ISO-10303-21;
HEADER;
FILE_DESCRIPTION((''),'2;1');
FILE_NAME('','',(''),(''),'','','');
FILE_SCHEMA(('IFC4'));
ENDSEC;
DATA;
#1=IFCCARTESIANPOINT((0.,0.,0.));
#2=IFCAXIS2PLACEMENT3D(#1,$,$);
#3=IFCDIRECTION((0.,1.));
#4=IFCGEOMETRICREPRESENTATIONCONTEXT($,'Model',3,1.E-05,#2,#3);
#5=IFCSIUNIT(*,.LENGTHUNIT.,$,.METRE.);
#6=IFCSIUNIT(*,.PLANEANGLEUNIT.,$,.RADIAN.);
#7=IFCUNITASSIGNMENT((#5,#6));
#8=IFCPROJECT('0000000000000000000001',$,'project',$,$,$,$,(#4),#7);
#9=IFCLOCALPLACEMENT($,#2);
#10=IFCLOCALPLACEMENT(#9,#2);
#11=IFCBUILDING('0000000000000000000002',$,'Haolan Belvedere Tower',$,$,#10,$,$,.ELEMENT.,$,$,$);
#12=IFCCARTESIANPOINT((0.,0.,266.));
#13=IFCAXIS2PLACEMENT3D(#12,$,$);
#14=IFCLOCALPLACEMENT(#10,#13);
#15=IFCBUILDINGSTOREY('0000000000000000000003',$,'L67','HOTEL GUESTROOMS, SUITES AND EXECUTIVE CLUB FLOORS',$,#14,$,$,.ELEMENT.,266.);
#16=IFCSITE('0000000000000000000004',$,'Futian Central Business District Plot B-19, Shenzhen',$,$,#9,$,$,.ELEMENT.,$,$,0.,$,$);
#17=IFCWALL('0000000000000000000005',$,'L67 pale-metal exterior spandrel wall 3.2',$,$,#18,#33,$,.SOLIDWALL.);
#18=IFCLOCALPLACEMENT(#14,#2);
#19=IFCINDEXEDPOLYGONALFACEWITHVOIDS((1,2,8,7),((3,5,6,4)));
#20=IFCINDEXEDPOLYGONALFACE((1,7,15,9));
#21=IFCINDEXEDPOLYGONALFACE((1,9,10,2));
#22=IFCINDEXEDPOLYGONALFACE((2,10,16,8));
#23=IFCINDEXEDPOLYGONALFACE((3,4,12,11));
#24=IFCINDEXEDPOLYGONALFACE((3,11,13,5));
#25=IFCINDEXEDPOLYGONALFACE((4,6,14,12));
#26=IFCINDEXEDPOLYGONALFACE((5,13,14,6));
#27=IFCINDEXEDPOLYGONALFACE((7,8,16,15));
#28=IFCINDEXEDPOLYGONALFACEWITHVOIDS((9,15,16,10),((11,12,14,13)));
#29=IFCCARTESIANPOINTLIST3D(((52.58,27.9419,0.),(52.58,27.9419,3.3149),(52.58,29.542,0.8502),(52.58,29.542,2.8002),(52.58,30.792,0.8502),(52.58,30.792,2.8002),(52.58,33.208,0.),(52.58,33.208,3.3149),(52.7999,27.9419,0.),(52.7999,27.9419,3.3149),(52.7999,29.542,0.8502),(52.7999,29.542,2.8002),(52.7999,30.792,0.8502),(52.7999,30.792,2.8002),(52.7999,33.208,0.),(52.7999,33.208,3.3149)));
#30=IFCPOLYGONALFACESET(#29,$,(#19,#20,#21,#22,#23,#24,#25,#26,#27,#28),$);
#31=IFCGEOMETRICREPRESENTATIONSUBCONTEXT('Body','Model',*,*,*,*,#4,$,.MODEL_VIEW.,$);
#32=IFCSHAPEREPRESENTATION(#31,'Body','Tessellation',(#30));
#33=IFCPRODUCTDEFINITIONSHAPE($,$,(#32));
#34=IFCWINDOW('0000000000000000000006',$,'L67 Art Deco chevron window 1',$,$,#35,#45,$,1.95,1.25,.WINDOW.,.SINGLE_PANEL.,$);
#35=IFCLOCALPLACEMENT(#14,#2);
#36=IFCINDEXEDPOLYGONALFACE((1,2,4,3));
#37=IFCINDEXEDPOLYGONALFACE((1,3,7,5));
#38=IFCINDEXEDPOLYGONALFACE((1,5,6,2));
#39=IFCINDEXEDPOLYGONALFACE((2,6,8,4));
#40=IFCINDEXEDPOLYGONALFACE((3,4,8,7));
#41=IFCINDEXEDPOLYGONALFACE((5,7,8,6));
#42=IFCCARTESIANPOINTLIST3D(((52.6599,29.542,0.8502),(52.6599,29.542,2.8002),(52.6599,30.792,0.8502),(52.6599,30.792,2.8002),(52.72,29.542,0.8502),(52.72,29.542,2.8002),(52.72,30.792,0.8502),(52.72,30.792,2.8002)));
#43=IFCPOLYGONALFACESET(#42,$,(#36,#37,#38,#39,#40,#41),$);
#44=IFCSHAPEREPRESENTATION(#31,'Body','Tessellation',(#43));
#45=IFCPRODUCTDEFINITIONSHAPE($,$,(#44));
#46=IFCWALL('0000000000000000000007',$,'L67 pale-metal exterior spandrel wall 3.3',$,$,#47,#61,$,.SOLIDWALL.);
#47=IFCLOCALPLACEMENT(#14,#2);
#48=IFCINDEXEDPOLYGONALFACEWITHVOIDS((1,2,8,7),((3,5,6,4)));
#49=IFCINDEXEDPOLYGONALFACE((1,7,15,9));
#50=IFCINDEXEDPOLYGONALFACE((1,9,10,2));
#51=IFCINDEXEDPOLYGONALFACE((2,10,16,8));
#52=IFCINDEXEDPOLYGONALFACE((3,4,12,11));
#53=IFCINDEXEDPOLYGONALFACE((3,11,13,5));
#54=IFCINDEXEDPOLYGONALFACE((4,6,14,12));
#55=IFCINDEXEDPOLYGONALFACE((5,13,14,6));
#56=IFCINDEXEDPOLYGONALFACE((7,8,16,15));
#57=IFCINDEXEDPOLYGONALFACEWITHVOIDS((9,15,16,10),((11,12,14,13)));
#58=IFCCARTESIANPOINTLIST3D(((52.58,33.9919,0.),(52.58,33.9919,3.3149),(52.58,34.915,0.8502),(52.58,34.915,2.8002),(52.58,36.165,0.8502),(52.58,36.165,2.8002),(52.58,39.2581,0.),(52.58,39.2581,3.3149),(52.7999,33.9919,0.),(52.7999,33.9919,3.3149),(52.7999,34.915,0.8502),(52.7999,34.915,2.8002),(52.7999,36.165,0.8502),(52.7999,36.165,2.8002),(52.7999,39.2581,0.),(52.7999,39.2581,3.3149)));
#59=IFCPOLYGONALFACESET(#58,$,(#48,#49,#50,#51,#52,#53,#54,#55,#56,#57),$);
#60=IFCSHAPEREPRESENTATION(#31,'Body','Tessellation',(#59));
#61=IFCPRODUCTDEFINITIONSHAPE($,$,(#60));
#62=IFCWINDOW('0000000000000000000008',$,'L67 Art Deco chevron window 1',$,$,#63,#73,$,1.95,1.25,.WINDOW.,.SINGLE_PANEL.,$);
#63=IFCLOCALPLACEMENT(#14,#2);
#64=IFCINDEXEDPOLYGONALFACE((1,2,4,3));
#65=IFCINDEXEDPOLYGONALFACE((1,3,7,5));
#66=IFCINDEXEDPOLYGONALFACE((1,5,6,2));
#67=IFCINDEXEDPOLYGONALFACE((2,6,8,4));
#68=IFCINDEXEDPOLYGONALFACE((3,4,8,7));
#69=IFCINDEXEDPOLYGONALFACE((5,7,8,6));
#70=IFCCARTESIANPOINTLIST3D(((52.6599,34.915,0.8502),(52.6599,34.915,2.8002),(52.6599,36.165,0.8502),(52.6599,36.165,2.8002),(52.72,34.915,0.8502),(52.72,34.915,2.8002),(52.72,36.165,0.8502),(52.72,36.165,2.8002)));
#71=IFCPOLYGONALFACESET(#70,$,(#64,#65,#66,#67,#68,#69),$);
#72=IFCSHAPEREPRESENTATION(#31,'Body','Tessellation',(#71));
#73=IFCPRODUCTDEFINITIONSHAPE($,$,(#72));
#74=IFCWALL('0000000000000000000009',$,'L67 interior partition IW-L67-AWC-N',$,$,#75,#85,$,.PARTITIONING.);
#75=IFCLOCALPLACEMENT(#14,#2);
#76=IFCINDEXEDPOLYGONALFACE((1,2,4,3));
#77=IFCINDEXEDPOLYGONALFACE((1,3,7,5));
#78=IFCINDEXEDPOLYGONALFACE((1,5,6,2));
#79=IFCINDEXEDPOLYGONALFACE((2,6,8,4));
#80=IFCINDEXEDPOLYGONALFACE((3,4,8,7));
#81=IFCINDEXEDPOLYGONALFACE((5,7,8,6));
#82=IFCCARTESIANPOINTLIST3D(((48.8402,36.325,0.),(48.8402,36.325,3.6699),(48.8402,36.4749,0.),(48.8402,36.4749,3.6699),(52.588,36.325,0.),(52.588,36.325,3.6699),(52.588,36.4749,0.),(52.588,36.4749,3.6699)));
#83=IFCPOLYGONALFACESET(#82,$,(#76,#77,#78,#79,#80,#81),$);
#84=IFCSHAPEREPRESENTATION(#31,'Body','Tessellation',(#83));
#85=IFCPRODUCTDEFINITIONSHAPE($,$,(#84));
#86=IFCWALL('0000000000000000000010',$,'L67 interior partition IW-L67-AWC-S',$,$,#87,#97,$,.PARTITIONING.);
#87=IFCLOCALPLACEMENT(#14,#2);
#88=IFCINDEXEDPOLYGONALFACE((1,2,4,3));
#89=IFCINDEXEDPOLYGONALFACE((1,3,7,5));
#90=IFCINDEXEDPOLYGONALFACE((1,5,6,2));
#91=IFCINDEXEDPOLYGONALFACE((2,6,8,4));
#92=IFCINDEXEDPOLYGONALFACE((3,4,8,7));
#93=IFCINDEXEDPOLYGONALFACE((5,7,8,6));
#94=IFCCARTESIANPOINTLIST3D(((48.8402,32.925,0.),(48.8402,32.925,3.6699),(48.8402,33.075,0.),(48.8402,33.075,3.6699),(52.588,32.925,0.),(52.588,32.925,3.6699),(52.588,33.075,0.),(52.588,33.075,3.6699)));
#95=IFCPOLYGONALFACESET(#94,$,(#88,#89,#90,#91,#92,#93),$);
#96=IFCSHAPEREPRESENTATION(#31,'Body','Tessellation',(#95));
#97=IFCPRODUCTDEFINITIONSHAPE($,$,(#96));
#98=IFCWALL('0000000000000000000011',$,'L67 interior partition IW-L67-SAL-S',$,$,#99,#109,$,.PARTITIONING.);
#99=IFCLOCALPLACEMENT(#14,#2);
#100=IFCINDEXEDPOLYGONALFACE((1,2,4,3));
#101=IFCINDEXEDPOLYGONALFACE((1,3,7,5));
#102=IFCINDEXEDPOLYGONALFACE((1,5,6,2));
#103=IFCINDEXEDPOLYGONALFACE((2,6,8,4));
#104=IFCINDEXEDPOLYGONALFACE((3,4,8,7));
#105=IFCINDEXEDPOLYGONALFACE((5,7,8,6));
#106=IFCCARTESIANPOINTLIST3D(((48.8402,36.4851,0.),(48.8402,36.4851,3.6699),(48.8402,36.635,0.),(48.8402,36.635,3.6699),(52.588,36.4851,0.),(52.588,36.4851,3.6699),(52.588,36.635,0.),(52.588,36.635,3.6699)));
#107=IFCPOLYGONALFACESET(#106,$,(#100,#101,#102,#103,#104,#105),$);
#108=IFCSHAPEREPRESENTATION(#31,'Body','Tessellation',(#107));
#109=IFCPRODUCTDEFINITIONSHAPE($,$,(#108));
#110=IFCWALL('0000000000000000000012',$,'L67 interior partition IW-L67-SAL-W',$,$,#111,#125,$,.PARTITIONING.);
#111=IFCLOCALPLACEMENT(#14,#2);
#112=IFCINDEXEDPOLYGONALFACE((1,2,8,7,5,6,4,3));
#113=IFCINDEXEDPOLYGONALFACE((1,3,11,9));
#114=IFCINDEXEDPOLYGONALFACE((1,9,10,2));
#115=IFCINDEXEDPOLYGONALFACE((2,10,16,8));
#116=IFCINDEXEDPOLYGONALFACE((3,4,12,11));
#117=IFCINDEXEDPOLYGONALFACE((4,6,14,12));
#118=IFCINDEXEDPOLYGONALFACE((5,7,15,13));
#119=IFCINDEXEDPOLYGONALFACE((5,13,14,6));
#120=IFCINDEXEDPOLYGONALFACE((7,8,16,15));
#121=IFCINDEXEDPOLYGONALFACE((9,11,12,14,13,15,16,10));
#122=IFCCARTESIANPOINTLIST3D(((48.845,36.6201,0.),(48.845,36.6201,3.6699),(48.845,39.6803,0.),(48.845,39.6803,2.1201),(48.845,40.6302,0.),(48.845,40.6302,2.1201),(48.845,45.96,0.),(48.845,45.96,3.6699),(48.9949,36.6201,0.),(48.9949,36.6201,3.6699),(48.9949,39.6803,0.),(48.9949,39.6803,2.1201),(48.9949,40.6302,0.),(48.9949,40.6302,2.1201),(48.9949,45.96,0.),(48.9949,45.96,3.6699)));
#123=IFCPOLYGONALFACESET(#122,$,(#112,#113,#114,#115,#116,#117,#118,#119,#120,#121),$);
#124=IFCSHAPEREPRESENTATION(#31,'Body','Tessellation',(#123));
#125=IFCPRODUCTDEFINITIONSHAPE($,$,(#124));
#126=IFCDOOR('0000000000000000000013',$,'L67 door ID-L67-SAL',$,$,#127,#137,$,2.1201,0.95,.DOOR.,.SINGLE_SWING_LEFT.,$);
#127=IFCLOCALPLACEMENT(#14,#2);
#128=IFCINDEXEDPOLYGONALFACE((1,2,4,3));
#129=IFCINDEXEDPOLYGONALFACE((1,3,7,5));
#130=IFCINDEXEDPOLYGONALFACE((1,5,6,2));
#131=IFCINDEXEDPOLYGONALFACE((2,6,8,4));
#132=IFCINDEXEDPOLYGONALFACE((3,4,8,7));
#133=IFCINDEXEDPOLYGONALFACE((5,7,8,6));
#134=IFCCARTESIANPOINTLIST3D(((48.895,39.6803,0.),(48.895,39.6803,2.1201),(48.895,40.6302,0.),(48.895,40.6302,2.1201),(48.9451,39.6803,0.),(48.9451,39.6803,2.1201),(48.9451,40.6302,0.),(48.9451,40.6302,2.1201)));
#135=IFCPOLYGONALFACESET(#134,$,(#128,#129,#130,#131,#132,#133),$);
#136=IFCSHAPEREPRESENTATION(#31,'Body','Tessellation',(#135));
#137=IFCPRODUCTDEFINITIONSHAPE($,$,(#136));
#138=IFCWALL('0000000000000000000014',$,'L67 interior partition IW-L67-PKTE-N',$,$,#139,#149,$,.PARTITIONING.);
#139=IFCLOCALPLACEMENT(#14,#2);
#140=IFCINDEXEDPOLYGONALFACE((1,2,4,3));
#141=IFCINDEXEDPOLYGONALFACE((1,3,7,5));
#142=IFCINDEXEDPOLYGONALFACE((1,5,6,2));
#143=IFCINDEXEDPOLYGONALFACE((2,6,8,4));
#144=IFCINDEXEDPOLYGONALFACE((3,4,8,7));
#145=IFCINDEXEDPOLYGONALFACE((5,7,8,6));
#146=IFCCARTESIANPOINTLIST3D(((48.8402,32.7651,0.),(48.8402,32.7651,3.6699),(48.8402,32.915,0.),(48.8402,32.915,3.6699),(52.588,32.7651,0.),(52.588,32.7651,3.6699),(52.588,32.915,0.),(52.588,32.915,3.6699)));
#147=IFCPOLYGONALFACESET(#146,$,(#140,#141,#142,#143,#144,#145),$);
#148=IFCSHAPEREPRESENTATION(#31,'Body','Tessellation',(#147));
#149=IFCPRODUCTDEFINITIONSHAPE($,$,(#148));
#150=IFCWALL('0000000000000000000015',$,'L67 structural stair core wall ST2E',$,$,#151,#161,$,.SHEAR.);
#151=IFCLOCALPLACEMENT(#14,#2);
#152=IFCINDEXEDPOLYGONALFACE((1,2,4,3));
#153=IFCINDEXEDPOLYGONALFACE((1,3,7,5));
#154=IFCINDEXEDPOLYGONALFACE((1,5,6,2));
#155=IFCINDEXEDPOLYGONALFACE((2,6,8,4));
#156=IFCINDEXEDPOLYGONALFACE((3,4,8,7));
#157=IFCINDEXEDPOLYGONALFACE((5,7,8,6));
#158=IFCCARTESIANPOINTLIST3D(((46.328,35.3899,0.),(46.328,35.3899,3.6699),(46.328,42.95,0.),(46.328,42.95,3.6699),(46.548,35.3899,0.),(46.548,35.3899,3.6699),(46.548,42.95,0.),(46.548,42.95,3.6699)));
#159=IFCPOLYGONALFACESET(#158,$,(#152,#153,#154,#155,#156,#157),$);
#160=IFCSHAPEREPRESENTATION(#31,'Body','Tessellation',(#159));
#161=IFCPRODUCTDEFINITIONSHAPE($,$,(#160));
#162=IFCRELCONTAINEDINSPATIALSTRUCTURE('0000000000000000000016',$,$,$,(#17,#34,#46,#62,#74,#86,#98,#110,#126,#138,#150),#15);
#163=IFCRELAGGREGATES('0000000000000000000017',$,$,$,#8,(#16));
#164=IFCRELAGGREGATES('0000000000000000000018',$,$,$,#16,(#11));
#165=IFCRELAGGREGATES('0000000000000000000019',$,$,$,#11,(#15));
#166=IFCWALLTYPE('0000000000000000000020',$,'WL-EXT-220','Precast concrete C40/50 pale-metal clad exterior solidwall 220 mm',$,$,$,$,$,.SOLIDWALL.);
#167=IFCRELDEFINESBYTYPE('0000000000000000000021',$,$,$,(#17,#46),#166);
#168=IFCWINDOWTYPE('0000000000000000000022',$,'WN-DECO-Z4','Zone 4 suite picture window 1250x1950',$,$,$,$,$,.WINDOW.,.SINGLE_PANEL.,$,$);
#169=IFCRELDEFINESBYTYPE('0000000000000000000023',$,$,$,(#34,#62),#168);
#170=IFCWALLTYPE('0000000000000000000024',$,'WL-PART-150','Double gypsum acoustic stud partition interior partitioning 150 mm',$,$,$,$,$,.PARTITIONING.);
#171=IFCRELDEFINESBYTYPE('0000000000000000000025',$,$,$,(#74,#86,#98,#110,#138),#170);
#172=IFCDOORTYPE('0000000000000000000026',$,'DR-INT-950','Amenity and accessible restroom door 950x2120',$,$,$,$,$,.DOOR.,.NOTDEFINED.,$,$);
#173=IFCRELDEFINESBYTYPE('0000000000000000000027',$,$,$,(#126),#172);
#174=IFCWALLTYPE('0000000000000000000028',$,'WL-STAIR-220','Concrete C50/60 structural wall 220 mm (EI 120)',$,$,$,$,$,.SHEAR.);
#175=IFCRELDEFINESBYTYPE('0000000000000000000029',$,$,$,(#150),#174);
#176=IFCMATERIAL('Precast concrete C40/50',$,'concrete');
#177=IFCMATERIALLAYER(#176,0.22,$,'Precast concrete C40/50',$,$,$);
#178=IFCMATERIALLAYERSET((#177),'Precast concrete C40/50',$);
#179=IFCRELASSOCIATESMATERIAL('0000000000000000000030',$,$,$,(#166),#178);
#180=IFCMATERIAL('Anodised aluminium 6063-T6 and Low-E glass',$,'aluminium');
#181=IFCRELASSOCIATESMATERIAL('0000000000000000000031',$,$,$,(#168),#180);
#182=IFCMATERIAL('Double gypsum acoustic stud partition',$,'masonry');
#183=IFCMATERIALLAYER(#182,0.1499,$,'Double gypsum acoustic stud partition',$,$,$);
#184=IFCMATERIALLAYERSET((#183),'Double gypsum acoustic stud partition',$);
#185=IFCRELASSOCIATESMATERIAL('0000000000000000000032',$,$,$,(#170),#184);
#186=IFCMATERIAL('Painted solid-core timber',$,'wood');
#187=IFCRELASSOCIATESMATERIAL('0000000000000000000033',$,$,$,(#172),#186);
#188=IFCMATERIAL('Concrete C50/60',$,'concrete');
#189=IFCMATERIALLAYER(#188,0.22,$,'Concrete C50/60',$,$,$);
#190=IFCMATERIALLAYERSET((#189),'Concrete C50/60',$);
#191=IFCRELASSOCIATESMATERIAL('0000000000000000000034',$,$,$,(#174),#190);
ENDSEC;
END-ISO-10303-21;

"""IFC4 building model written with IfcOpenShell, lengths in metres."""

from ifc_helpers import new_model, si_unit, direction, frame, frame_2d, origin, place, context, subcontext, project, spatial, rectangle, extrude, material, layer, layer_set, type_object, element, fill, save


model = new_model("IFC4")

# Units and contexts
model_context = context("Model", 3, precision=1e-05, world=origin(), true_north=direction((0.0, 1.0)))
body_context = subcontext(model_context, "Body", "Model", "MODEL_VIEW")
ifc_project = project(units=[si_unit("LENGTHUNIT", "METRE"), si_unit("PLANEANGLEUNIT", "RADIAN")], contexts=[model_context])

# Site, building, storey
site_placement = place(None, origin())
site = spatial("IfcSite", under=ifc_project, at=site_placement, Name="Futian Central Business District Plot B-19, Shenzhen", CompositionType="ELEMENT", RefElevation=0.0)
building_placement = place(site_placement, origin())
building = spatial("IfcBuilding", under=site, at=building_placement, Name="Haolan Belvedere Tower", CompositionType="ELEMENT")
storey_placement = place(building_placement, frame((0.0, 0.0, 266.0)))
storey = spatial("IfcBuildingStorey", under=building, at=storey_placement, Name="L67", Description="HOTEL GUESTROOMS, SUITES AND EXECUTIVE CLUB FLOORS", CompositionType="ELEMENT", Elevation=266.0)

# Shared definitions
ifc_material_1 = material(Name="Concrete C50/60", Category="concrete")

# Walls, openings, windows
ifc_material_2 = material(Name="Precast concrete C40/50", Category="concrete")
ifc_layer_1 = layer(ifc_material_2, 0.22, Name="Precast concrete C40/50")
ifc_layer_set_1 = layer_set([ifc_layer_1], Name="Precast concrete C40/50")
wall_type_1 = type_object("IfcWallType", Name="WL-EXT-220", Description="Precast concrete C40/50 pale-metal clad exterior solidwall 220 mm", PredefinedType="SOLIDWALL", material=ifc_layer_set_1)
wall_1_placement = place(storey_placement, frame((52.6899, 27.9419, 0.0), z_axis=(0.0, 0.0, 1.0), x_axis=(0.0, 1.0, 0.0)))
wall_1 = element("IfcWall", 1, at=wall_1_placement, inside=storey, type_object=wall_type_1, Name="L67 pale-metal exterior spandrel wall 3.2", PredefinedType="SOLIDWALL", context=body_context, shape_type="SweptSolid", body=[
    extrude(rectangle(XDim=5.2661, YDim=0.22, at=frame_2d((2.6331, 0.0))), origin(), (0.0, 0.0, 1.0), 3.3149),
])
opening_1_placement = place(wall_1_placement, frame((1.6001, 0.0, 0.8501)))
opening_1 = element("IfcOpeningElement", 2, at=opening_1_placement, cuts=wall_1, PredefinedType="OPENING", context=body_context, shape_type="SweptSolid", body=[
    extrude(rectangle(XDim=1.25, YDim=1.95, at=frame_2d((0.625, 0.9751))), frame((0.0, 0.1199, 0.0), z_axis=(0.0, -1.0, 0.0), x_axis=(1.0, 0.0, 0.0)), (0.0, 0.0, 1.0), 0.24),
])
ifc_material_3 = material(Name="Anodised aluminium 6063-T6 and Low-E glass", Category="aluminium")
window_type = type_object("IfcWindowType", Name="WN-DECO-Z4", Description="Zone 4 suite picture window 1250x1950", PartitioningType="SINGLE_PANEL", PredefinedType="WINDOW", material=ifc_material_3)
window_1_placement = place(opening_1_placement, origin())
window_1 = element("IfcWindow", 3, at=window_1_placement, inside=storey, type_object=window_type, Name="L67 Art Deco chevron window 1", OverallHeight=1.95, OverallWidth=1.25, PartitioningType="SINGLE_PANEL", PredefinedType="WINDOW", context=body_context, shape_type="SweptSolid", body=[
    extrude(rectangle(XDim=1.25, YDim=1.95, at=frame_2d((0.625, 0.9751))), frame((0.0, 0.03, 0.0), z_axis=(0.0, -1.0, 0.0), x_axis=(1.0, 0.0, 0.0)), (0.0, 0.0, 1.0), 0.0601),
])
fill(opening_1, window_1)
wall_2_placement = place(storey_placement, frame((52.6899, 33.9919, 0.0), z_axis=(0.0, 0.0, 1.0), x_axis=(0.0, 1.0, 0.0)))
wall_2 = element("IfcWall", 4, at=wall_2_placement, inside=storey, type_object=wall_type_1, Name="L67 pale-metal exterior spandrel wall 3.3", PredefinedType="SOLIDWALL", context=body_context, shape_type="SweptSolid", body=[
    extrude(rectangle(XDim=5.2661, YDim=0.22, at=frame_2d((2.6331, 0.0))), origin(), (0.0, 0.0, 1.0), 3.3149),
])
opening_2_placement = place(wall_2_placement, frame((0.9231, 0.0, 0.8501)))
opening_2 = element("IfcOpeningElement", 5, at=opening_2_placement, cuts=wall_2, PredefinedType="OPENING", context=body_context, shape_type="SweptSolid", body=[
    extrude(rectangle(XDim=1.25, YDim=1.95, at=frame_2d((0.625, 0.9751))), frame((0.0, 0.1199, 0.0), z_axis=(0.0, -1.0, 0.0), x_axis=(1.0, 0.0, 0.0)), (0.0, 0.0, 1.0), 0.24),
])
window_2_placement = place(opening_2_placement, origin())
window_2 = element("IfcWindow", 6, at=window_2_placement, inside=storey, type_object=window_type, Name="L67 Art Deco chevron window 1", OverallHeight=1.95, OverallWidth=1.25, PartitioningType="SINGLE_PANEL", PredefinedType="WINDOW", context=body_context, shape_type="SweptSolid", body=[
    extrude(rectangle(XDim=1.25, YDim=1.95, at=frame_2d((0.625, 0.9751))), frame((0.0, 0.03, 0.0), z_axis=(0.0, -1.0, 0.0), x_axis=(1.0, 0.0, 0.0)), (0.0, 0.0, 1.0), 0.0601),
])
fill(opening_2, window_2)

# Walls
ifc_material_4 = material(Name="Double gypsum acoustic stud partition", Category="masonry")
ifc_layer_2 = layer(ifc_material_4, 0.1499, Name="Double gypsum acoustic stud partition")
ifc_layer_set_2 = layer_set([ifc_layer_2], Name="Double gypsum acoustic stud partition")
wall_type_2 = type_object("IfcWallType", Name="WL-PART-150", Description="Double gypsum acoustic stud partition interior partitioning 150 mm", PredefinedType="PARTITIONING", material=ifc_layer_set_2)
for number, where, z_axis, x_axis, name in (
    (7, (48.8401, 36.3999, 0.0), (0.0, 0.0, 1.0), (1.0, 0.0, 0.0), "L67 interior partition IW-L67-AWC-N"),
    (8, (48.8401, 33.0, 0.0), (0.0, 0.0, 1.0), (1.0, 0.0, 0.0), "L67 interior partition IW-L67-AWC-S"),
):
    element("IfcWall", number, at=place(storey_placement, frame(where, z_axis=z_axis, x_axis=x_axis)), inside=storey, type_object=wall_type_2, Name=name, PredefinedType="PARTITIONING", context=body_context, shape_type="SweptSolid", body=[
        extrude(rectangle(XDim=3.7478, YDim=0.1499, at=frame_2d((1.874, 0.0))), origin(), (0.0, 0.0, 1.0), 3.6699),
    ])

# Shared definitions
ifc_material_5 = material(Name="Painted solid-core timber", Category="wood")
door_type = type_object("IfcDoorType", Name="DR-INT-950", Description="Amenity and accessible restroom door 950x2120", OperationType="NOTDEFINED", PredefinedType="DOOR", material=ifc_material_5)

# Wall
wall_3_placement = place(storey_placement, frame((48.8401, 36.5601, 0.0), z_axis=(0.0, 0.0, 1.0), x_axis=(1.0, 0.0, 0.0)))
element("IfcWall", 9, at=wall_3_placement, inside=storey, type_object=wall_type_2, Name="L67 interior partition IW-L67-SAL-S", PredefinedType="PARTITIONING", context=body_context, shape_type="SweptSolid", body=[
    extrude(rectangle(XDim=3.7478, YDim=0.1499, at=frame_2d((1.874, 0.0))), origin(), (0.0, 0.0, 1.0), 3.6699),
])

# Wall, opening, door
wall_4_placement = place(storey_placement, frame((48.9199, 36.6201, 0.0), z_axis=(0.0, 0.0, 1.0), x_axis=(0.0, 1.0, 0.0)))
wall_4 = element("IfcWall", 10, at=wall_4_placement, inside=storey, type_object=wall_type_2, Name="L67 interior partition IW-L67-SAL-W", PredefinedType="PARTITIONING", context=body_context, shape_type="SweptSolid", body=[
    extrude(rectangle(XDim=9.3398, YDim=0.1499, at=frame_2d((4.6699, 0.0))), origin(), (0.0, 0.0, 1.0), 3.6699),
])
opening_3_placement = place(wall_4_placement, frame((3.0601, 0.0, 0.0)))
opening_3 = element("IfcOpeningElement", 11, at=opening_3_placement, cuts=wall_4, PredefinedType="OPENING", context=body_context, shape_type="SweptSolid", body=[
    extrude(rectangle(XDim=0.95, YDim=2.1201, at=frame_2d((0.4751, 1.0601))), frame((0.0, 0.085, 0.0), z_axis=(0.0, -1.0, 0.0), x_axis=(1.0, 0.0, 0.0)), (0.0, 0.0, 1.0), 0.1699),
])
door_1_placement = place(opening_3_placement, origin())
door_1 = element("IfcDoor", 12, at=door_1_placement, inside=storey, type_object=door_type, Name="L67 door ID-L67-SAL", OperationType="SINGLE_SWING_LEFT", OverallHeight=2.1201, OverallWidth=0.95, PredefinedType="DOOR", context=body_context, shape_type="SweptSolid", body=[
    extrude(rectangle(XDim=0.95, YDim=2.1201, at=frame_2d((0.4751, 1.0601))), frame((0.0, 0.0249, 0.0), z_axis=(0.0, -1.0, 0.0), x_axis=(1.0, 0.0, 0.0)), (0.0, 0.0, 1.0), 0.05),
])
fill(opening_3, door_1)

# Walls
wall_5_placement = place(storey_placement, frame((48.8401, 32.8401, 0.0), z_axis=(0.0, 0.0, 1.0), x_axis=(1.0, 0.0, 0.0)))
element("IfcWall", 13, at=wall_5_placement, inside=storey, type_object=wall_type_2, Name="L67 interior partition IW-L67-PKTE-N", PredefinedType="PARTITIONING", context=body_context, shape_type="SweptSolid", body=[
    extrude(rectangle(XDim=3.7478, YDim=0.1499, at=frame_2d((1.874, 0.0))), origin(), (0.0, 0.0, 1.0), 3.6699),
])
ifc_layer_3 = layer(ifc_material_1, 0.22, Name="Concrete C50/60")
ifc_layer_set_3 = layer_set([ifc_layer_3], Name="Concrete C50/60")
wall_type_3 = type_object("IfcWallType", Name="WL-STAIR-220", Description="Concrete C50/60 structural wall 220 mm (EI 120)", PredefinedType="SHEAR", material=ifc_layer_set_3)
wall_6_placement = place(storey_placement, frame((46.438, 35.3899, 0.0), z_axis=(0.0, 0.0, 1.0), x_axis=(0.0, 1.0, 0.0)))
element("IfcWall", 14, at=wall_6_placement, inside=storey, type_object=wall_type_3, Name="L67 structural stair core wall ST2E", PredefinedType="SHEAR", context=body_context, shape_type="SweptSolid", body=[
    extrude(rectangle(XDim=7.5601, YDim=0.22, at=frame_2d((3.78, 0.0))), origin(), (0.0, 0.0, 1.0), 3.6699),
])

save(model, "model.ifc")
